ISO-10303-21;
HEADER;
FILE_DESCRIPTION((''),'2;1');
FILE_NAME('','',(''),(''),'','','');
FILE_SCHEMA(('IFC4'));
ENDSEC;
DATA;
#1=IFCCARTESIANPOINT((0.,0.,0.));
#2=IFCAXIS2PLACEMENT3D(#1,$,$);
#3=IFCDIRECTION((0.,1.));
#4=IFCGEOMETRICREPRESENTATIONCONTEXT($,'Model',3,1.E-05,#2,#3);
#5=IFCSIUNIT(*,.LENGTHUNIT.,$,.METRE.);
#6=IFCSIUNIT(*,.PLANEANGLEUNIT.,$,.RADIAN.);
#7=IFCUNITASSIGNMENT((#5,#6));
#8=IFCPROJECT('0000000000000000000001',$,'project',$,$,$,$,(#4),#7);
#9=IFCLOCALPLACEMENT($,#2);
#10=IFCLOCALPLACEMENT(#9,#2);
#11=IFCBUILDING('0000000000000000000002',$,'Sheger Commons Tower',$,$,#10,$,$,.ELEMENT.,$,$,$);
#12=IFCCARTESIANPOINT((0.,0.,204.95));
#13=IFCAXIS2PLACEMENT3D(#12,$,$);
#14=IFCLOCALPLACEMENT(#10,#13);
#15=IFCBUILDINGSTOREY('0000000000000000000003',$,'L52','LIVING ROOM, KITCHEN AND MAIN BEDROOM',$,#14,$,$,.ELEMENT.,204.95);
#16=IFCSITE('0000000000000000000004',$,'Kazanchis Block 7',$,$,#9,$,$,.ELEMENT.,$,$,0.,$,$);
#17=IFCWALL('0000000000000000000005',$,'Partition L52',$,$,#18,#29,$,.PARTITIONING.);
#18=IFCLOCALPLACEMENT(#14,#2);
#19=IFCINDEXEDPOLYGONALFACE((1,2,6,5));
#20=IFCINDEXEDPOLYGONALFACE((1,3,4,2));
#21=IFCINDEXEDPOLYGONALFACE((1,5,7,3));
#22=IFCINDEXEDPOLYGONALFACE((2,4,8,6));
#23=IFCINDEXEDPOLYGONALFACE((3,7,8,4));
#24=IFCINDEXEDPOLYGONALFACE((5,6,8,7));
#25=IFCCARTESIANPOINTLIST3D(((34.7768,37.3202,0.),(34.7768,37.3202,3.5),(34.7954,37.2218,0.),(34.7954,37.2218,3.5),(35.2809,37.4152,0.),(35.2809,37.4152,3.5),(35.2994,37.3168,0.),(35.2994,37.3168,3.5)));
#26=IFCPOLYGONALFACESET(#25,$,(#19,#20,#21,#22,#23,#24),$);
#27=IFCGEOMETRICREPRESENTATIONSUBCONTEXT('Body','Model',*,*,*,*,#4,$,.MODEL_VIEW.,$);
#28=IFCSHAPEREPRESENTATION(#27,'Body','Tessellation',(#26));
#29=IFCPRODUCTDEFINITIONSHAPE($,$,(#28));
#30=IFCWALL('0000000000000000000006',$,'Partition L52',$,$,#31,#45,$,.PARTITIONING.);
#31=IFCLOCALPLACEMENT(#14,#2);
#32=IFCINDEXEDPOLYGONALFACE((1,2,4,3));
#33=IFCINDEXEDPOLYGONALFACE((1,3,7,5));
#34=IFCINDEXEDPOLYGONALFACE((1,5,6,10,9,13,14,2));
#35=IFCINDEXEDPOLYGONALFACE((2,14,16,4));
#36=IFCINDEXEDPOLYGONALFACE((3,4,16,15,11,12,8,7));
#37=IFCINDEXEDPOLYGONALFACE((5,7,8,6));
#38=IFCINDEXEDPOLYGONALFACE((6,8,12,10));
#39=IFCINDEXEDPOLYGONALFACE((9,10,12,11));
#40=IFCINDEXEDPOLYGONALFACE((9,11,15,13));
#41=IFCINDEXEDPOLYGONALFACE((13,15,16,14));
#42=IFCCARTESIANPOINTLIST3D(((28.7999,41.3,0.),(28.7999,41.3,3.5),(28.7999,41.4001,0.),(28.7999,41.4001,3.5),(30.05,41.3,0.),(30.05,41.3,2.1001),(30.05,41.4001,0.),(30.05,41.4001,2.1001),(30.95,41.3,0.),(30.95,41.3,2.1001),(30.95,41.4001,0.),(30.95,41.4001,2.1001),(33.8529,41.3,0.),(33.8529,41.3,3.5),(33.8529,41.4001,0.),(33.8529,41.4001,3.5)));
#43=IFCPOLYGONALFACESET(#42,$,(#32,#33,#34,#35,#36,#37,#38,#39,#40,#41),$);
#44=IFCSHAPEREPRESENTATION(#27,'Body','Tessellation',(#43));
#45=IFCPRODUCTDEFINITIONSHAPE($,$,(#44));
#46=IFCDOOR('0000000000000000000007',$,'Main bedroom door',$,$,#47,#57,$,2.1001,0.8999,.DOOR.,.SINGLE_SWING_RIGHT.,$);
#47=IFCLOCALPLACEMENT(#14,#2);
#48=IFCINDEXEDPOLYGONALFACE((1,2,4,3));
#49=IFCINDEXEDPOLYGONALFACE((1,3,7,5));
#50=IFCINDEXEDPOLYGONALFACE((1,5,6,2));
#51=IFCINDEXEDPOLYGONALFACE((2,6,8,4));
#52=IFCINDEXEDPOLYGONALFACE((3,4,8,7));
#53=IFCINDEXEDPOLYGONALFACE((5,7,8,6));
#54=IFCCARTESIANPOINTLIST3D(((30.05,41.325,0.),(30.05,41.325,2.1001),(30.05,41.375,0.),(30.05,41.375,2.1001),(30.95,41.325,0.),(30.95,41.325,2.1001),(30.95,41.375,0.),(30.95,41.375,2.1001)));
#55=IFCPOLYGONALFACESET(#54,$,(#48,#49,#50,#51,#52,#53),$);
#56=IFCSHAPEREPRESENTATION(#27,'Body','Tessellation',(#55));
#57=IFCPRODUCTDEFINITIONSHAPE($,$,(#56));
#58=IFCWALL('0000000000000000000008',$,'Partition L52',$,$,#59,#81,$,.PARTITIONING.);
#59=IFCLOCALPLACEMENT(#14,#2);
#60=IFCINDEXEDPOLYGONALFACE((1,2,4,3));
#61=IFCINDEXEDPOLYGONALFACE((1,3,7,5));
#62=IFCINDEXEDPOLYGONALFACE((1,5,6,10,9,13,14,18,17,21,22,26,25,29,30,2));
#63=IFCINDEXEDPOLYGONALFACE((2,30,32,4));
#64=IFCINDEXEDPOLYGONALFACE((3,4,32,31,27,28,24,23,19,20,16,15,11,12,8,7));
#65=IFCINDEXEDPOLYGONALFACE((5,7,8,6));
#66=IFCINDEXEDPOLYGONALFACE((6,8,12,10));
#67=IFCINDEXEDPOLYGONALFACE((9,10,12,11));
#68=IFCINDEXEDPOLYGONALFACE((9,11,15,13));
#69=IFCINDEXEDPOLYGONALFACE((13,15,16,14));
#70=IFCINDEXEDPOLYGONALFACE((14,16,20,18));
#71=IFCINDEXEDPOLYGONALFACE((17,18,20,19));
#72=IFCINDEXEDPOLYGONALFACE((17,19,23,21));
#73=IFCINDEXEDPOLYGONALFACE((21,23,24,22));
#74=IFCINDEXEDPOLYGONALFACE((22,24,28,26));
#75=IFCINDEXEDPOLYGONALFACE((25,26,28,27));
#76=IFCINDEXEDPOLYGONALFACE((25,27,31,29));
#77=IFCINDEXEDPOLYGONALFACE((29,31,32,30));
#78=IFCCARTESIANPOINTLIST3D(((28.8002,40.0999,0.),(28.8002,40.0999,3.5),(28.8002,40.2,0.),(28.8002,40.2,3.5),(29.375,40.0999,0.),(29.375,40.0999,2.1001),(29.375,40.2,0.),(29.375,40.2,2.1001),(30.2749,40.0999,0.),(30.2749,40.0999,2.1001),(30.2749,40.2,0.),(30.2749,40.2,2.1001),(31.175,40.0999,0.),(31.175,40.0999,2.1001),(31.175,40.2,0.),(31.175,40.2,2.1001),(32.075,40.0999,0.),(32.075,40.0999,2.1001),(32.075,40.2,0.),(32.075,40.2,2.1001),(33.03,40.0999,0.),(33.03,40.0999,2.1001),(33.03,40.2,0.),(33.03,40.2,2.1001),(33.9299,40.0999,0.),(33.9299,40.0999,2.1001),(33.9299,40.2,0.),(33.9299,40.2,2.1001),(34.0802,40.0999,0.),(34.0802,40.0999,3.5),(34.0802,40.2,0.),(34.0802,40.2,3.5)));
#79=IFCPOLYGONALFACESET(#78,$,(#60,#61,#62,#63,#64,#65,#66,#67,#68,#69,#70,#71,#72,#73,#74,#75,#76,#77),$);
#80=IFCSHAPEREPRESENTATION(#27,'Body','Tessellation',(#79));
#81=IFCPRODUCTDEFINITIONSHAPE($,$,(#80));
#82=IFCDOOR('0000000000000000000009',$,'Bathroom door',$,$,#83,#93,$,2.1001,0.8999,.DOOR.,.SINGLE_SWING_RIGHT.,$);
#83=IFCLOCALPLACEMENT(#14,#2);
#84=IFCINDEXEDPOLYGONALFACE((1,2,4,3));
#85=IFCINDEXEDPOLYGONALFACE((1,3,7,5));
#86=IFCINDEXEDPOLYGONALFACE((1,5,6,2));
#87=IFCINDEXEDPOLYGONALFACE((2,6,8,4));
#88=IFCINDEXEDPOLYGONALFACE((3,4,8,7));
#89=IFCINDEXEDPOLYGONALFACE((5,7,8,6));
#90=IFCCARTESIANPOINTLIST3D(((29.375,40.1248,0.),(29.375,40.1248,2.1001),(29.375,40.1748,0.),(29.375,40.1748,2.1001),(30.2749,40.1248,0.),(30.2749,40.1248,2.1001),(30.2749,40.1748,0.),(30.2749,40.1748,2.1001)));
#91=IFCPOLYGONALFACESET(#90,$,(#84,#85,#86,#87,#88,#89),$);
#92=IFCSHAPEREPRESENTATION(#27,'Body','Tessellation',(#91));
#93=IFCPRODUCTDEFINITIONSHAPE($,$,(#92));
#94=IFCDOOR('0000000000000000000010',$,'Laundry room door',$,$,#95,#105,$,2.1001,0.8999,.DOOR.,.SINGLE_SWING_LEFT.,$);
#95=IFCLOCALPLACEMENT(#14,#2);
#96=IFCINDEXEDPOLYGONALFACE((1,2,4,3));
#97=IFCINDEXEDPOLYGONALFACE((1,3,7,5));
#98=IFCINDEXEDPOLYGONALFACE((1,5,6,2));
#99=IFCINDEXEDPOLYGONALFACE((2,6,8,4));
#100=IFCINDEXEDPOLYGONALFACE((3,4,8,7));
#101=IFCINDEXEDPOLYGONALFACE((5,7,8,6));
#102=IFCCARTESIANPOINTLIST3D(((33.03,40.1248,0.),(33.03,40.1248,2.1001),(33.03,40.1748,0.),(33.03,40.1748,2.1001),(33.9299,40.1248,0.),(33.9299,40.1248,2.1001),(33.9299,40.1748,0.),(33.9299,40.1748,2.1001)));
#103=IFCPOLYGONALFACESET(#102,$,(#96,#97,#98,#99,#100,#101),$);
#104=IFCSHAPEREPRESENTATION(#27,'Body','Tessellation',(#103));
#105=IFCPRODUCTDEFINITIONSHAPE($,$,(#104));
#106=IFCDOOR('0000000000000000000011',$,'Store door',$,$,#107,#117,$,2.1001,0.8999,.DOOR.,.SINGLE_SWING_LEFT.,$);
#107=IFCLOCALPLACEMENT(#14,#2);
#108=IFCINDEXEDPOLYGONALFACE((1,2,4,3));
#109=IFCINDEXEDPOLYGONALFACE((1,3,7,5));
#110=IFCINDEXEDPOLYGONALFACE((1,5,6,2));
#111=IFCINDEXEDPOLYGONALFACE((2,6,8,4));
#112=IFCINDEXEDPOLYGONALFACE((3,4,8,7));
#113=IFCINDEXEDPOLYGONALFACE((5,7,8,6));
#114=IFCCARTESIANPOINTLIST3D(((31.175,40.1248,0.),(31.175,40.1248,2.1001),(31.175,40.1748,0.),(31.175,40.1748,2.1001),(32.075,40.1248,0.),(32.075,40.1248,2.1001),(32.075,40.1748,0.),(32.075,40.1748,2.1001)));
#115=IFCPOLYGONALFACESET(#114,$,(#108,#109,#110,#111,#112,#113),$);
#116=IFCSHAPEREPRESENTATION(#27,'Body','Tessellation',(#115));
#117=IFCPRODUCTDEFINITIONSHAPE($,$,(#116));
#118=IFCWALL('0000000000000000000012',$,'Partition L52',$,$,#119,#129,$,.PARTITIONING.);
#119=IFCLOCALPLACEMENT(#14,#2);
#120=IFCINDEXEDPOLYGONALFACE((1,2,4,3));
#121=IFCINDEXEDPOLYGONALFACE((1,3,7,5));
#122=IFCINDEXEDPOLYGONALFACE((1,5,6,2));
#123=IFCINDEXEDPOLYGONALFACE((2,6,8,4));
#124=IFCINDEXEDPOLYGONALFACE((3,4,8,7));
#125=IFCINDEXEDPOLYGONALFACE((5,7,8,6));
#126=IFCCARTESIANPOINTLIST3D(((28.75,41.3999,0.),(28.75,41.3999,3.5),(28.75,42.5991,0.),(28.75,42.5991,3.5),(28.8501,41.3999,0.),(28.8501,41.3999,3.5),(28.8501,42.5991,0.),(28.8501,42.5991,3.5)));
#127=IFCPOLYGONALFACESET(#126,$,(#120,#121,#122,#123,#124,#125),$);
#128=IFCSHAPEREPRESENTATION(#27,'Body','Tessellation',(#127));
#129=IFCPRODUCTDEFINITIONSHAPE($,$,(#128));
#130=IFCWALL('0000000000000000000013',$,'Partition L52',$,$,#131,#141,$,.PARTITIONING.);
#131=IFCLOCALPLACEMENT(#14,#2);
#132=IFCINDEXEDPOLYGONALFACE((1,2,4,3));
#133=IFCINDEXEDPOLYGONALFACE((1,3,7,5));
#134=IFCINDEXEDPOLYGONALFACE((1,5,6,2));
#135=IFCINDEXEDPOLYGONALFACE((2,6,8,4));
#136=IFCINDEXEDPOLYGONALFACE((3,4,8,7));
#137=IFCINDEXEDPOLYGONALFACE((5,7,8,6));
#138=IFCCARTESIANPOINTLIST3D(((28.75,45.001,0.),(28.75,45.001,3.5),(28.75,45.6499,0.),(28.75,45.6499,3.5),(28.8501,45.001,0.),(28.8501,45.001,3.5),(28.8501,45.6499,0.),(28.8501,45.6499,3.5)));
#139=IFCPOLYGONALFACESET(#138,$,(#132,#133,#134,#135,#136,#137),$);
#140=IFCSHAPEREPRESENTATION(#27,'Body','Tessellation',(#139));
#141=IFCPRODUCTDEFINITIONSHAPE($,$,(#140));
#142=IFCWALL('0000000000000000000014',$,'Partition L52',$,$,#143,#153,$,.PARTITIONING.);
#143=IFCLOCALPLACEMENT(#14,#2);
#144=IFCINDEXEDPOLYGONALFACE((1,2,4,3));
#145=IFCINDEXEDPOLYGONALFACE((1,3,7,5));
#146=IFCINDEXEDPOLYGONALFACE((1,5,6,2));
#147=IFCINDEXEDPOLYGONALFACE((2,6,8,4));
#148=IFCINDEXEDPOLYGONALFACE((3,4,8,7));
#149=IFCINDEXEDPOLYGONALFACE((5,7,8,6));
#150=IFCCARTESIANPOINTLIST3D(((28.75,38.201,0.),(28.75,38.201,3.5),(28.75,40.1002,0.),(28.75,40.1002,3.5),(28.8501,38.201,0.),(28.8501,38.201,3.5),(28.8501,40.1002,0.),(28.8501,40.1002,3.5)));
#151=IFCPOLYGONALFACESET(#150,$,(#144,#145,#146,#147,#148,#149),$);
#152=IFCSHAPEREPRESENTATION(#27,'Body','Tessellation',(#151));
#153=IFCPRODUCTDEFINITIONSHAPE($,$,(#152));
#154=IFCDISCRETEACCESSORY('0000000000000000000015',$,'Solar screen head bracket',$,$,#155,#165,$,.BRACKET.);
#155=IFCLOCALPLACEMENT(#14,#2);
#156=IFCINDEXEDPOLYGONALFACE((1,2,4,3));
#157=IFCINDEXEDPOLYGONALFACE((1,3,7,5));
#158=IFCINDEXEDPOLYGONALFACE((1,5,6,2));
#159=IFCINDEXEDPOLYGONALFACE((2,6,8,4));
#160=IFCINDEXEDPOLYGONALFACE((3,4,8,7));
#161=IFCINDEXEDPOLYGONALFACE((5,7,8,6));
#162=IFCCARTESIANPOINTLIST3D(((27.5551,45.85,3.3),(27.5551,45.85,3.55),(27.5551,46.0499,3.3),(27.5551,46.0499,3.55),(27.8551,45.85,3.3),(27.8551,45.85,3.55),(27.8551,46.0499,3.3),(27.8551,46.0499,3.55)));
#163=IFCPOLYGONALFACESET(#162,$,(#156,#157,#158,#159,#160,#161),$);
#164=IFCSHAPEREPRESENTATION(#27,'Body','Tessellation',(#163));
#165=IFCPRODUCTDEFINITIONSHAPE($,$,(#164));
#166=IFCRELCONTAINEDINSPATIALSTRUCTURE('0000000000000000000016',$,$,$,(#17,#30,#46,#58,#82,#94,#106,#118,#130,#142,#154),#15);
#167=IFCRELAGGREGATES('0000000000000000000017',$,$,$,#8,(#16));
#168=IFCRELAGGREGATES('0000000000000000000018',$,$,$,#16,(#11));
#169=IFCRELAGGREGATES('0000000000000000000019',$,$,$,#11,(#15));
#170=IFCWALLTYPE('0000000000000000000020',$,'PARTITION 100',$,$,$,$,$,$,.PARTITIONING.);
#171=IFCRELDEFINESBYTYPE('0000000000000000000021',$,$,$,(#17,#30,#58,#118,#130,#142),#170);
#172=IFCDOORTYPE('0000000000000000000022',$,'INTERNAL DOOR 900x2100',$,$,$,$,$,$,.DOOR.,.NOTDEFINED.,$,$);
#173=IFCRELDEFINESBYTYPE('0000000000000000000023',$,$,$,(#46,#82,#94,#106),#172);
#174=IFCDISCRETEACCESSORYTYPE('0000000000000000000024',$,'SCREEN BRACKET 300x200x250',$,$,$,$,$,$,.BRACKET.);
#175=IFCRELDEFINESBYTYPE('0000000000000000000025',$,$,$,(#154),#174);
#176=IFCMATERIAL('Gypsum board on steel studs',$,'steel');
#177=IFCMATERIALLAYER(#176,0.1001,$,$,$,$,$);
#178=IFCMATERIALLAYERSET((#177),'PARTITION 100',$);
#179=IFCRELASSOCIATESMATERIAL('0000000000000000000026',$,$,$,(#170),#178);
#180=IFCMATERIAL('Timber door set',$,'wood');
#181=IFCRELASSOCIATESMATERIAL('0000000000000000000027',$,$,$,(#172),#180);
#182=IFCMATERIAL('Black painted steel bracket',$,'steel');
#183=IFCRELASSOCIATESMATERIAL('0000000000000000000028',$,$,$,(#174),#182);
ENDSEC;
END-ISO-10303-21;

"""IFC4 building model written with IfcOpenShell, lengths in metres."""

from ifc_helpers import new_model, si_unit, direction, frame, frame_2d, origin, origin_2d, place, context, subcontext, project, spatial, rectangle, extrude, material, layer, layer_set, type_object, element, fill, save


model = new_model("IFC4")

# Units and contexts
model_context = context("Model", 3, precision=1e-05, world=origin(), true_north=direction((0.0, 1.0)))
body_context = subcontext(model_context, "Body", "Model", "MODEL_VIEW")
ifc_project = project(units=[si_unit("LENGTHUNIT", "METRE"), si_unit("PLANEANGLEUNIT", "RADIAN")], contexts=[model_context])

# Site, building, storey
site_placement = place(None, origin())
site = spatial("IfcSite", under=ifc_project, at=site_placement, Name="Kazanchis Block 7", CompositionType="ELEMENT", RefElevation=0.0)
building_placement = place(site_placement, origin())
building = spatial("IfcBuilding", under=site, at=building_placement, Name="Sheger Commons Tower", CompositionType="ELEMENT")
storey_placement = place(building_placement, frame((0.0, 0.0, 204.95)))
storey = spatial("IfcBuildingStorey", under=building, at=storey_placement, Name="L52", Description="LIVING ROOM, KITCHEN AND MAIN BEDROOM", CompositionType="ELEMENT", Elevation=204.95)

# Wall
ifc_material_1 = material(Name="Gypsum board on steel studs", Category="steel")
ifc_layer_1 = layer(ifc_material_1, 0.1001)
ifc_layer_set_1 = layer_set([ifc_layer_1], Name="PARTITION 100")
wall_type_1 = type_object("IfcWallType", Name="PARTITION 100", PredefinedType="PARTITIONING", material=ifc_layer_set_1)
wall_1_placement = place(storey_placement, frame((35.29, 37.366, 0.0), z_axis=(0.0, 0.0, 1.0), x_axis=(-0.982716, -0.185122, 0.0)))
element("IfcWall", 1, at=wall_1_placement, inside=storey, type_object=wall_type_1, Name="Partition L52", PredefinedType="PARTITIONING", context=body_context, shape_type="SweptSolid", body=[
    extrude(rectangle(XDim=0.5129, YDim=0.1001, at=frame_2d((0.2563, 0.0))), origin(), (0.0, 0.0, 1.0), 3.5),
])

# Wall, opening, door
wall_2_placement = place(storey_placement, frame((28.8, 41.3501, 0.0), z_axis=(0.0, 0.0, 1.0), x_axis=(1.0, 0.0, 0.0)))
wall_2 = element("IfcWall", 2, at=wall_2_placement, inside=storey, type_object=wall_type_1, Name="Partition L52", PredefinedType="PARTITIONING", context=body_context, shape_type="SweptSolid", body=[
    extrude(rectangle(XDim=5.053, YDim=0.1001, at=frame_2d((2.5264, 0.0))), origin(), (0.0, 0.0, 1.0), 3.5),
])
opening_1_placement = place(wall_2_placement, frame((1.25, 0.0, 0.0)))
opening_1 = element("IfcOpeningElement", 3, at=opening_1_placement, cuts=wall_2, PredefinedType="OPENING", context=body_context, shape_type="SweptSolid", body=[
    extrude(rectangle(XDim=0.8999, YDim=2.1001, at=frame_2d((0.45, 1.05))), frame((0.0, 0.0601, 0.0), z_axis=(0.0, -1.0, 0.0), x_axis=(1.0, 0.0, 0.0)), (0.0, 0.0, 1.0), 0.1201),
])
ifc_material_2 = material(Name="Timber door set", Category="wood")
door_type_1 = type_object("IfcDoorType", Name="INTERNAL DOOR 900x2100", OperationType="NOTDEFINED", PredefinedType="DOOR", material=ifc_material_2)
door_1_placement = place(opening_1_placement, origin())
door_1 = element("IfcDoor", 4, at=door_1_placement, inside=storey, type_object=door_type_1, Name="Main bedroom door", OperationType="SINGLE_SWING_RIGHT", OverallHeight=2.1001, OverallWidth=0.8999, PredefinedType="DOOR", context=body_context, shape_type="SweptSolid", body=[
    extrude(rectangle(XDim=0.8999, YDim=2.1001, at=frame_2d((0.45, 1.05))), frame((0.0, 0.0249, 0.0), z_axis=(0.0, -1.0, 0.0), x_axis=(1.0, 0.0, 0.0)), (0.0, 0.0, 1.0), 0.05),
])
fill(opening_1, door_1)

# Wall, openings, doors
wall_3_placement = place(storey_placement, frame((28.8, 40.1499, 0.0), z_axis=(0.0, 0.0, 1.0), x_axis=(1.0, 0.0, 0.0)))
wall_3 = element("IfcWall", 5, at=wall_3_placement, inside=storey, type_object=wall_type_1, Name="Partition L52", PredefinedType="PARTITIONING", context=body_context, shape_type="SweptSolid", body=[
    extrude(rectangle(XDim=5.28, YDim=0.1001, at=frame_2d((2.6401, 0.0))), origin(), (0.0, 0.0, 1.0), 3.5),
])
opening_2_placement = place(wall_3_placement, frame((0.575, 0.0, 0.0)))
opening_2 = element("IfcOpeningElement", 6, at=opening_2_placement, cuts=wall_3, PredefinedType="OPENING", context=body_context, shape_type="SweptSolid", body=[
    extrude(rectangle(XDim=0.8999, YDim=2.1001, at=frame_2d((0.45, 1.05))), frame((0.0, 0.0601, 0.0), z_axis=(0.0, -1.0, 0.0), x_axis=(1.0, 0.0, 0.0)), (0.0, 0.0, 1.0), 0.1201),
])
opening_3_placement = place(wall_3_placement, frame((4.23, 0.0, 0.0)))
opening_3 = element("IfcOpeningElement", 7, at=opening_3_placement, cuts=wall_3, PredefinedType="OPENING", context=body_context, shape_type="SweptSolid", body=[
    extrude(rectangle(XDim=0.8999, YDim=2.1001, at=frame_2d((0.45, 1.05))), frame((0.0, 0.0601, 0.0), z_axis=(0.0, -1.0, 0.0), x_axis=(1.0, 0.0, 0.0)), (0.0, 0.0, 1.0), 0.1201),
])
opening_4_placement = place(wall_3_placement, frame((2.375, 0.0, 0.0)))
opening_4 = element("IfcOpeningElement", 8, at=opening_4_placement, cuts=wall_3, PredefinedType="OPENING", context=body_context, shape_type="SweptSolid", body=[
    extrude(rectangle(XDim=0.8999, YDim=2.1001, at=frame_2d((0.45, 1.05))), frame((0.0, 0.0601, 0.0), z_axis=(0.0, -1.0, 0.0), x_axis=(1.0, 0.0, 0.0)), (0.0, 0.0, 1.0), 0.1201),
])
door_2_placement = place(opening_2_placement, origin())
door_2 = element("IfcDoor", 9, at=door_2_placement, inside=storey, type_object=door_type_1, Name="Bathroom door", OperationType="SINGLE_SWING_RIGHT", OverallHeight=2.1001, OverallWidth=0.8999, PredefinedType="DOOR", context=body_context, shape_type="SweptSolid", body=[
    extrude(rectangle(XDim=0.8999, YDim=2.1001, at=frame_2d((0.45, 1.05))), frame((0.0, 0.0249, 0.0), z_axis=(0.0, -1.0, 0.0), x_axis=(1.0, 0.0, 0.0)), (0.0, 0.0, 1.0), 0.05),
])
fill(opening_2, door_2)
door_3_placement = place(opening_3_placement, origin())
door_3 = element("IfcDoor", 10, at=door_3_placement, inside=storey, type_object=door_type_1, Name="Laundry room door", OperationType="SINGLE_SWING_LEFT", OverallHeight=2.1001, OverallWidth=0.8999, PredefinedType="DOOR", context=body_context, shape_type="SweptSolid", body=[
    extrude(rectangle(XDim=0.8999, YDim=2.1001, at=frame_2d((0.45, 1.05))), frame((0.0, 0.0249, 0.0), z_axis=(0.0, -1.0, 0.0), x_axis=(1.0, 0.0, 0.0)), (0.0, 0.0, 1.0), 0.05),
])
fill(opening_3, door_3)
door_4_placement = place(opening_4_placement, origin())
door_4 = element("IfcDoor", 11, at=door_4_placement, inside=storey, type_object=door_type_1, Name="Store door", OperationType="SINGLE_SWING_LEFT", OverallHeight=2.1001, OverallWidth=0.8999, PredefinedType="DOOR", context=body_context, shape_type="SweptSolid", body=[
    extrude(rectangle(XDim=0.8999, YDim=2.1001, at=frame_2d((0.45, 1.05))), frame((0.0, 0.0249, 0.0), z_axis=(0.0, -1.0, 0.0), x_axis=(1.0, 0.0, 0.0)), (0.0, 0.0, 1.0), 0.05),
])
fill(opening_4, door_4)

# Walls
wall_4_placement = place(storey_placement, frame((28.8, 41.3999, 0.0), z_axis=(0.0, 0.0, 1.0), x_axis=(0.0, 1.0, 0.0)))
element("IfcWall", 12, at=wall_4_placement, inside=storey, type_object=wall_type_1, Name="Partition L52", PredefinedType="PARTITIONING", context=body_context, shape_type="SweptSolid", body=[
    extrude(rectangle(XDim=1.1992, YDim=0.1001, at=frame_2d((0.5996, 0.0))), origin(), (0.0, 0.0, 1.0), 3.5),
])
wall_5_placement = place(storey_placement, frame((28.8, 45.001, 0.0), z_axis=(0.0, 0.0, 1.0), x_axis=(0.0, 1.0, 0.0)))
element("IfcWall", 13, at=wall_5_placement, inside=storey, type_object=wall_type_1, Name="Partition L52", PredefinedType="PARTITIONING", context=body_context, shape_type="SweptSolid", body=[
    extrude(rectangle(XDim=0.6489, YDim=0.1001, at=frame_2d((0.3245, 0.0))), origin(), (0.0, 0.0, 1.0), 3.5),
])
wall_6_placement = place(storey_placement, frame((28.8, 38.2009, 0.0), z_axis=(0.0, 0.0, 1.0), x_axis=(0.0, 1.0, 0.0)))
element("IfcWall", 14, at=wall_6_placement, inside=storey, type_object=wall_type_1, Name="Partition L52", PredefinedType="PARTITIONING", context=body_context, shape_type="SweptSolid", body=[
    extrude(rectangle(XDim=1.8992, YDim=0.1001, at=frame_2d((0.9497, 0.0))), origin(), (0.0, 0.0, 1.0), 3.5),
])

# Discrete accessory
ifc_material_3 = material(Name="Black painted steel bracket", Category="steel")
discrete_accessory_type = type_object("IfcDiscreteAccessoryType", Name="SCREEN BRACKET 300x200x250", PredefinedType="BRACKET", material=ifc_material_3)
discrete_accessory_placement = place(storey_placement, frame((27.7051, 45.95, 3.3), z_axis=(0.0, 0.0, 1.0), x_axis=(-1.0, 0.0, 0.0)))
element("IfcDiscreteAccessory", 15, at=discrete_accessory_placement, inside=storey, type_object=discrete_accessory_type, Name="Solar screen head bracket", PredefinedType="BRACKET", context=body_context, shape_type="SweptSolid", body=[
    extrude(rectangle(XDim=0.3, YDim=0.2, at=origin_2d()), origin(), (0.0, 0.0, 1.0), 0.25),
])

save(model, "model.ifc")
